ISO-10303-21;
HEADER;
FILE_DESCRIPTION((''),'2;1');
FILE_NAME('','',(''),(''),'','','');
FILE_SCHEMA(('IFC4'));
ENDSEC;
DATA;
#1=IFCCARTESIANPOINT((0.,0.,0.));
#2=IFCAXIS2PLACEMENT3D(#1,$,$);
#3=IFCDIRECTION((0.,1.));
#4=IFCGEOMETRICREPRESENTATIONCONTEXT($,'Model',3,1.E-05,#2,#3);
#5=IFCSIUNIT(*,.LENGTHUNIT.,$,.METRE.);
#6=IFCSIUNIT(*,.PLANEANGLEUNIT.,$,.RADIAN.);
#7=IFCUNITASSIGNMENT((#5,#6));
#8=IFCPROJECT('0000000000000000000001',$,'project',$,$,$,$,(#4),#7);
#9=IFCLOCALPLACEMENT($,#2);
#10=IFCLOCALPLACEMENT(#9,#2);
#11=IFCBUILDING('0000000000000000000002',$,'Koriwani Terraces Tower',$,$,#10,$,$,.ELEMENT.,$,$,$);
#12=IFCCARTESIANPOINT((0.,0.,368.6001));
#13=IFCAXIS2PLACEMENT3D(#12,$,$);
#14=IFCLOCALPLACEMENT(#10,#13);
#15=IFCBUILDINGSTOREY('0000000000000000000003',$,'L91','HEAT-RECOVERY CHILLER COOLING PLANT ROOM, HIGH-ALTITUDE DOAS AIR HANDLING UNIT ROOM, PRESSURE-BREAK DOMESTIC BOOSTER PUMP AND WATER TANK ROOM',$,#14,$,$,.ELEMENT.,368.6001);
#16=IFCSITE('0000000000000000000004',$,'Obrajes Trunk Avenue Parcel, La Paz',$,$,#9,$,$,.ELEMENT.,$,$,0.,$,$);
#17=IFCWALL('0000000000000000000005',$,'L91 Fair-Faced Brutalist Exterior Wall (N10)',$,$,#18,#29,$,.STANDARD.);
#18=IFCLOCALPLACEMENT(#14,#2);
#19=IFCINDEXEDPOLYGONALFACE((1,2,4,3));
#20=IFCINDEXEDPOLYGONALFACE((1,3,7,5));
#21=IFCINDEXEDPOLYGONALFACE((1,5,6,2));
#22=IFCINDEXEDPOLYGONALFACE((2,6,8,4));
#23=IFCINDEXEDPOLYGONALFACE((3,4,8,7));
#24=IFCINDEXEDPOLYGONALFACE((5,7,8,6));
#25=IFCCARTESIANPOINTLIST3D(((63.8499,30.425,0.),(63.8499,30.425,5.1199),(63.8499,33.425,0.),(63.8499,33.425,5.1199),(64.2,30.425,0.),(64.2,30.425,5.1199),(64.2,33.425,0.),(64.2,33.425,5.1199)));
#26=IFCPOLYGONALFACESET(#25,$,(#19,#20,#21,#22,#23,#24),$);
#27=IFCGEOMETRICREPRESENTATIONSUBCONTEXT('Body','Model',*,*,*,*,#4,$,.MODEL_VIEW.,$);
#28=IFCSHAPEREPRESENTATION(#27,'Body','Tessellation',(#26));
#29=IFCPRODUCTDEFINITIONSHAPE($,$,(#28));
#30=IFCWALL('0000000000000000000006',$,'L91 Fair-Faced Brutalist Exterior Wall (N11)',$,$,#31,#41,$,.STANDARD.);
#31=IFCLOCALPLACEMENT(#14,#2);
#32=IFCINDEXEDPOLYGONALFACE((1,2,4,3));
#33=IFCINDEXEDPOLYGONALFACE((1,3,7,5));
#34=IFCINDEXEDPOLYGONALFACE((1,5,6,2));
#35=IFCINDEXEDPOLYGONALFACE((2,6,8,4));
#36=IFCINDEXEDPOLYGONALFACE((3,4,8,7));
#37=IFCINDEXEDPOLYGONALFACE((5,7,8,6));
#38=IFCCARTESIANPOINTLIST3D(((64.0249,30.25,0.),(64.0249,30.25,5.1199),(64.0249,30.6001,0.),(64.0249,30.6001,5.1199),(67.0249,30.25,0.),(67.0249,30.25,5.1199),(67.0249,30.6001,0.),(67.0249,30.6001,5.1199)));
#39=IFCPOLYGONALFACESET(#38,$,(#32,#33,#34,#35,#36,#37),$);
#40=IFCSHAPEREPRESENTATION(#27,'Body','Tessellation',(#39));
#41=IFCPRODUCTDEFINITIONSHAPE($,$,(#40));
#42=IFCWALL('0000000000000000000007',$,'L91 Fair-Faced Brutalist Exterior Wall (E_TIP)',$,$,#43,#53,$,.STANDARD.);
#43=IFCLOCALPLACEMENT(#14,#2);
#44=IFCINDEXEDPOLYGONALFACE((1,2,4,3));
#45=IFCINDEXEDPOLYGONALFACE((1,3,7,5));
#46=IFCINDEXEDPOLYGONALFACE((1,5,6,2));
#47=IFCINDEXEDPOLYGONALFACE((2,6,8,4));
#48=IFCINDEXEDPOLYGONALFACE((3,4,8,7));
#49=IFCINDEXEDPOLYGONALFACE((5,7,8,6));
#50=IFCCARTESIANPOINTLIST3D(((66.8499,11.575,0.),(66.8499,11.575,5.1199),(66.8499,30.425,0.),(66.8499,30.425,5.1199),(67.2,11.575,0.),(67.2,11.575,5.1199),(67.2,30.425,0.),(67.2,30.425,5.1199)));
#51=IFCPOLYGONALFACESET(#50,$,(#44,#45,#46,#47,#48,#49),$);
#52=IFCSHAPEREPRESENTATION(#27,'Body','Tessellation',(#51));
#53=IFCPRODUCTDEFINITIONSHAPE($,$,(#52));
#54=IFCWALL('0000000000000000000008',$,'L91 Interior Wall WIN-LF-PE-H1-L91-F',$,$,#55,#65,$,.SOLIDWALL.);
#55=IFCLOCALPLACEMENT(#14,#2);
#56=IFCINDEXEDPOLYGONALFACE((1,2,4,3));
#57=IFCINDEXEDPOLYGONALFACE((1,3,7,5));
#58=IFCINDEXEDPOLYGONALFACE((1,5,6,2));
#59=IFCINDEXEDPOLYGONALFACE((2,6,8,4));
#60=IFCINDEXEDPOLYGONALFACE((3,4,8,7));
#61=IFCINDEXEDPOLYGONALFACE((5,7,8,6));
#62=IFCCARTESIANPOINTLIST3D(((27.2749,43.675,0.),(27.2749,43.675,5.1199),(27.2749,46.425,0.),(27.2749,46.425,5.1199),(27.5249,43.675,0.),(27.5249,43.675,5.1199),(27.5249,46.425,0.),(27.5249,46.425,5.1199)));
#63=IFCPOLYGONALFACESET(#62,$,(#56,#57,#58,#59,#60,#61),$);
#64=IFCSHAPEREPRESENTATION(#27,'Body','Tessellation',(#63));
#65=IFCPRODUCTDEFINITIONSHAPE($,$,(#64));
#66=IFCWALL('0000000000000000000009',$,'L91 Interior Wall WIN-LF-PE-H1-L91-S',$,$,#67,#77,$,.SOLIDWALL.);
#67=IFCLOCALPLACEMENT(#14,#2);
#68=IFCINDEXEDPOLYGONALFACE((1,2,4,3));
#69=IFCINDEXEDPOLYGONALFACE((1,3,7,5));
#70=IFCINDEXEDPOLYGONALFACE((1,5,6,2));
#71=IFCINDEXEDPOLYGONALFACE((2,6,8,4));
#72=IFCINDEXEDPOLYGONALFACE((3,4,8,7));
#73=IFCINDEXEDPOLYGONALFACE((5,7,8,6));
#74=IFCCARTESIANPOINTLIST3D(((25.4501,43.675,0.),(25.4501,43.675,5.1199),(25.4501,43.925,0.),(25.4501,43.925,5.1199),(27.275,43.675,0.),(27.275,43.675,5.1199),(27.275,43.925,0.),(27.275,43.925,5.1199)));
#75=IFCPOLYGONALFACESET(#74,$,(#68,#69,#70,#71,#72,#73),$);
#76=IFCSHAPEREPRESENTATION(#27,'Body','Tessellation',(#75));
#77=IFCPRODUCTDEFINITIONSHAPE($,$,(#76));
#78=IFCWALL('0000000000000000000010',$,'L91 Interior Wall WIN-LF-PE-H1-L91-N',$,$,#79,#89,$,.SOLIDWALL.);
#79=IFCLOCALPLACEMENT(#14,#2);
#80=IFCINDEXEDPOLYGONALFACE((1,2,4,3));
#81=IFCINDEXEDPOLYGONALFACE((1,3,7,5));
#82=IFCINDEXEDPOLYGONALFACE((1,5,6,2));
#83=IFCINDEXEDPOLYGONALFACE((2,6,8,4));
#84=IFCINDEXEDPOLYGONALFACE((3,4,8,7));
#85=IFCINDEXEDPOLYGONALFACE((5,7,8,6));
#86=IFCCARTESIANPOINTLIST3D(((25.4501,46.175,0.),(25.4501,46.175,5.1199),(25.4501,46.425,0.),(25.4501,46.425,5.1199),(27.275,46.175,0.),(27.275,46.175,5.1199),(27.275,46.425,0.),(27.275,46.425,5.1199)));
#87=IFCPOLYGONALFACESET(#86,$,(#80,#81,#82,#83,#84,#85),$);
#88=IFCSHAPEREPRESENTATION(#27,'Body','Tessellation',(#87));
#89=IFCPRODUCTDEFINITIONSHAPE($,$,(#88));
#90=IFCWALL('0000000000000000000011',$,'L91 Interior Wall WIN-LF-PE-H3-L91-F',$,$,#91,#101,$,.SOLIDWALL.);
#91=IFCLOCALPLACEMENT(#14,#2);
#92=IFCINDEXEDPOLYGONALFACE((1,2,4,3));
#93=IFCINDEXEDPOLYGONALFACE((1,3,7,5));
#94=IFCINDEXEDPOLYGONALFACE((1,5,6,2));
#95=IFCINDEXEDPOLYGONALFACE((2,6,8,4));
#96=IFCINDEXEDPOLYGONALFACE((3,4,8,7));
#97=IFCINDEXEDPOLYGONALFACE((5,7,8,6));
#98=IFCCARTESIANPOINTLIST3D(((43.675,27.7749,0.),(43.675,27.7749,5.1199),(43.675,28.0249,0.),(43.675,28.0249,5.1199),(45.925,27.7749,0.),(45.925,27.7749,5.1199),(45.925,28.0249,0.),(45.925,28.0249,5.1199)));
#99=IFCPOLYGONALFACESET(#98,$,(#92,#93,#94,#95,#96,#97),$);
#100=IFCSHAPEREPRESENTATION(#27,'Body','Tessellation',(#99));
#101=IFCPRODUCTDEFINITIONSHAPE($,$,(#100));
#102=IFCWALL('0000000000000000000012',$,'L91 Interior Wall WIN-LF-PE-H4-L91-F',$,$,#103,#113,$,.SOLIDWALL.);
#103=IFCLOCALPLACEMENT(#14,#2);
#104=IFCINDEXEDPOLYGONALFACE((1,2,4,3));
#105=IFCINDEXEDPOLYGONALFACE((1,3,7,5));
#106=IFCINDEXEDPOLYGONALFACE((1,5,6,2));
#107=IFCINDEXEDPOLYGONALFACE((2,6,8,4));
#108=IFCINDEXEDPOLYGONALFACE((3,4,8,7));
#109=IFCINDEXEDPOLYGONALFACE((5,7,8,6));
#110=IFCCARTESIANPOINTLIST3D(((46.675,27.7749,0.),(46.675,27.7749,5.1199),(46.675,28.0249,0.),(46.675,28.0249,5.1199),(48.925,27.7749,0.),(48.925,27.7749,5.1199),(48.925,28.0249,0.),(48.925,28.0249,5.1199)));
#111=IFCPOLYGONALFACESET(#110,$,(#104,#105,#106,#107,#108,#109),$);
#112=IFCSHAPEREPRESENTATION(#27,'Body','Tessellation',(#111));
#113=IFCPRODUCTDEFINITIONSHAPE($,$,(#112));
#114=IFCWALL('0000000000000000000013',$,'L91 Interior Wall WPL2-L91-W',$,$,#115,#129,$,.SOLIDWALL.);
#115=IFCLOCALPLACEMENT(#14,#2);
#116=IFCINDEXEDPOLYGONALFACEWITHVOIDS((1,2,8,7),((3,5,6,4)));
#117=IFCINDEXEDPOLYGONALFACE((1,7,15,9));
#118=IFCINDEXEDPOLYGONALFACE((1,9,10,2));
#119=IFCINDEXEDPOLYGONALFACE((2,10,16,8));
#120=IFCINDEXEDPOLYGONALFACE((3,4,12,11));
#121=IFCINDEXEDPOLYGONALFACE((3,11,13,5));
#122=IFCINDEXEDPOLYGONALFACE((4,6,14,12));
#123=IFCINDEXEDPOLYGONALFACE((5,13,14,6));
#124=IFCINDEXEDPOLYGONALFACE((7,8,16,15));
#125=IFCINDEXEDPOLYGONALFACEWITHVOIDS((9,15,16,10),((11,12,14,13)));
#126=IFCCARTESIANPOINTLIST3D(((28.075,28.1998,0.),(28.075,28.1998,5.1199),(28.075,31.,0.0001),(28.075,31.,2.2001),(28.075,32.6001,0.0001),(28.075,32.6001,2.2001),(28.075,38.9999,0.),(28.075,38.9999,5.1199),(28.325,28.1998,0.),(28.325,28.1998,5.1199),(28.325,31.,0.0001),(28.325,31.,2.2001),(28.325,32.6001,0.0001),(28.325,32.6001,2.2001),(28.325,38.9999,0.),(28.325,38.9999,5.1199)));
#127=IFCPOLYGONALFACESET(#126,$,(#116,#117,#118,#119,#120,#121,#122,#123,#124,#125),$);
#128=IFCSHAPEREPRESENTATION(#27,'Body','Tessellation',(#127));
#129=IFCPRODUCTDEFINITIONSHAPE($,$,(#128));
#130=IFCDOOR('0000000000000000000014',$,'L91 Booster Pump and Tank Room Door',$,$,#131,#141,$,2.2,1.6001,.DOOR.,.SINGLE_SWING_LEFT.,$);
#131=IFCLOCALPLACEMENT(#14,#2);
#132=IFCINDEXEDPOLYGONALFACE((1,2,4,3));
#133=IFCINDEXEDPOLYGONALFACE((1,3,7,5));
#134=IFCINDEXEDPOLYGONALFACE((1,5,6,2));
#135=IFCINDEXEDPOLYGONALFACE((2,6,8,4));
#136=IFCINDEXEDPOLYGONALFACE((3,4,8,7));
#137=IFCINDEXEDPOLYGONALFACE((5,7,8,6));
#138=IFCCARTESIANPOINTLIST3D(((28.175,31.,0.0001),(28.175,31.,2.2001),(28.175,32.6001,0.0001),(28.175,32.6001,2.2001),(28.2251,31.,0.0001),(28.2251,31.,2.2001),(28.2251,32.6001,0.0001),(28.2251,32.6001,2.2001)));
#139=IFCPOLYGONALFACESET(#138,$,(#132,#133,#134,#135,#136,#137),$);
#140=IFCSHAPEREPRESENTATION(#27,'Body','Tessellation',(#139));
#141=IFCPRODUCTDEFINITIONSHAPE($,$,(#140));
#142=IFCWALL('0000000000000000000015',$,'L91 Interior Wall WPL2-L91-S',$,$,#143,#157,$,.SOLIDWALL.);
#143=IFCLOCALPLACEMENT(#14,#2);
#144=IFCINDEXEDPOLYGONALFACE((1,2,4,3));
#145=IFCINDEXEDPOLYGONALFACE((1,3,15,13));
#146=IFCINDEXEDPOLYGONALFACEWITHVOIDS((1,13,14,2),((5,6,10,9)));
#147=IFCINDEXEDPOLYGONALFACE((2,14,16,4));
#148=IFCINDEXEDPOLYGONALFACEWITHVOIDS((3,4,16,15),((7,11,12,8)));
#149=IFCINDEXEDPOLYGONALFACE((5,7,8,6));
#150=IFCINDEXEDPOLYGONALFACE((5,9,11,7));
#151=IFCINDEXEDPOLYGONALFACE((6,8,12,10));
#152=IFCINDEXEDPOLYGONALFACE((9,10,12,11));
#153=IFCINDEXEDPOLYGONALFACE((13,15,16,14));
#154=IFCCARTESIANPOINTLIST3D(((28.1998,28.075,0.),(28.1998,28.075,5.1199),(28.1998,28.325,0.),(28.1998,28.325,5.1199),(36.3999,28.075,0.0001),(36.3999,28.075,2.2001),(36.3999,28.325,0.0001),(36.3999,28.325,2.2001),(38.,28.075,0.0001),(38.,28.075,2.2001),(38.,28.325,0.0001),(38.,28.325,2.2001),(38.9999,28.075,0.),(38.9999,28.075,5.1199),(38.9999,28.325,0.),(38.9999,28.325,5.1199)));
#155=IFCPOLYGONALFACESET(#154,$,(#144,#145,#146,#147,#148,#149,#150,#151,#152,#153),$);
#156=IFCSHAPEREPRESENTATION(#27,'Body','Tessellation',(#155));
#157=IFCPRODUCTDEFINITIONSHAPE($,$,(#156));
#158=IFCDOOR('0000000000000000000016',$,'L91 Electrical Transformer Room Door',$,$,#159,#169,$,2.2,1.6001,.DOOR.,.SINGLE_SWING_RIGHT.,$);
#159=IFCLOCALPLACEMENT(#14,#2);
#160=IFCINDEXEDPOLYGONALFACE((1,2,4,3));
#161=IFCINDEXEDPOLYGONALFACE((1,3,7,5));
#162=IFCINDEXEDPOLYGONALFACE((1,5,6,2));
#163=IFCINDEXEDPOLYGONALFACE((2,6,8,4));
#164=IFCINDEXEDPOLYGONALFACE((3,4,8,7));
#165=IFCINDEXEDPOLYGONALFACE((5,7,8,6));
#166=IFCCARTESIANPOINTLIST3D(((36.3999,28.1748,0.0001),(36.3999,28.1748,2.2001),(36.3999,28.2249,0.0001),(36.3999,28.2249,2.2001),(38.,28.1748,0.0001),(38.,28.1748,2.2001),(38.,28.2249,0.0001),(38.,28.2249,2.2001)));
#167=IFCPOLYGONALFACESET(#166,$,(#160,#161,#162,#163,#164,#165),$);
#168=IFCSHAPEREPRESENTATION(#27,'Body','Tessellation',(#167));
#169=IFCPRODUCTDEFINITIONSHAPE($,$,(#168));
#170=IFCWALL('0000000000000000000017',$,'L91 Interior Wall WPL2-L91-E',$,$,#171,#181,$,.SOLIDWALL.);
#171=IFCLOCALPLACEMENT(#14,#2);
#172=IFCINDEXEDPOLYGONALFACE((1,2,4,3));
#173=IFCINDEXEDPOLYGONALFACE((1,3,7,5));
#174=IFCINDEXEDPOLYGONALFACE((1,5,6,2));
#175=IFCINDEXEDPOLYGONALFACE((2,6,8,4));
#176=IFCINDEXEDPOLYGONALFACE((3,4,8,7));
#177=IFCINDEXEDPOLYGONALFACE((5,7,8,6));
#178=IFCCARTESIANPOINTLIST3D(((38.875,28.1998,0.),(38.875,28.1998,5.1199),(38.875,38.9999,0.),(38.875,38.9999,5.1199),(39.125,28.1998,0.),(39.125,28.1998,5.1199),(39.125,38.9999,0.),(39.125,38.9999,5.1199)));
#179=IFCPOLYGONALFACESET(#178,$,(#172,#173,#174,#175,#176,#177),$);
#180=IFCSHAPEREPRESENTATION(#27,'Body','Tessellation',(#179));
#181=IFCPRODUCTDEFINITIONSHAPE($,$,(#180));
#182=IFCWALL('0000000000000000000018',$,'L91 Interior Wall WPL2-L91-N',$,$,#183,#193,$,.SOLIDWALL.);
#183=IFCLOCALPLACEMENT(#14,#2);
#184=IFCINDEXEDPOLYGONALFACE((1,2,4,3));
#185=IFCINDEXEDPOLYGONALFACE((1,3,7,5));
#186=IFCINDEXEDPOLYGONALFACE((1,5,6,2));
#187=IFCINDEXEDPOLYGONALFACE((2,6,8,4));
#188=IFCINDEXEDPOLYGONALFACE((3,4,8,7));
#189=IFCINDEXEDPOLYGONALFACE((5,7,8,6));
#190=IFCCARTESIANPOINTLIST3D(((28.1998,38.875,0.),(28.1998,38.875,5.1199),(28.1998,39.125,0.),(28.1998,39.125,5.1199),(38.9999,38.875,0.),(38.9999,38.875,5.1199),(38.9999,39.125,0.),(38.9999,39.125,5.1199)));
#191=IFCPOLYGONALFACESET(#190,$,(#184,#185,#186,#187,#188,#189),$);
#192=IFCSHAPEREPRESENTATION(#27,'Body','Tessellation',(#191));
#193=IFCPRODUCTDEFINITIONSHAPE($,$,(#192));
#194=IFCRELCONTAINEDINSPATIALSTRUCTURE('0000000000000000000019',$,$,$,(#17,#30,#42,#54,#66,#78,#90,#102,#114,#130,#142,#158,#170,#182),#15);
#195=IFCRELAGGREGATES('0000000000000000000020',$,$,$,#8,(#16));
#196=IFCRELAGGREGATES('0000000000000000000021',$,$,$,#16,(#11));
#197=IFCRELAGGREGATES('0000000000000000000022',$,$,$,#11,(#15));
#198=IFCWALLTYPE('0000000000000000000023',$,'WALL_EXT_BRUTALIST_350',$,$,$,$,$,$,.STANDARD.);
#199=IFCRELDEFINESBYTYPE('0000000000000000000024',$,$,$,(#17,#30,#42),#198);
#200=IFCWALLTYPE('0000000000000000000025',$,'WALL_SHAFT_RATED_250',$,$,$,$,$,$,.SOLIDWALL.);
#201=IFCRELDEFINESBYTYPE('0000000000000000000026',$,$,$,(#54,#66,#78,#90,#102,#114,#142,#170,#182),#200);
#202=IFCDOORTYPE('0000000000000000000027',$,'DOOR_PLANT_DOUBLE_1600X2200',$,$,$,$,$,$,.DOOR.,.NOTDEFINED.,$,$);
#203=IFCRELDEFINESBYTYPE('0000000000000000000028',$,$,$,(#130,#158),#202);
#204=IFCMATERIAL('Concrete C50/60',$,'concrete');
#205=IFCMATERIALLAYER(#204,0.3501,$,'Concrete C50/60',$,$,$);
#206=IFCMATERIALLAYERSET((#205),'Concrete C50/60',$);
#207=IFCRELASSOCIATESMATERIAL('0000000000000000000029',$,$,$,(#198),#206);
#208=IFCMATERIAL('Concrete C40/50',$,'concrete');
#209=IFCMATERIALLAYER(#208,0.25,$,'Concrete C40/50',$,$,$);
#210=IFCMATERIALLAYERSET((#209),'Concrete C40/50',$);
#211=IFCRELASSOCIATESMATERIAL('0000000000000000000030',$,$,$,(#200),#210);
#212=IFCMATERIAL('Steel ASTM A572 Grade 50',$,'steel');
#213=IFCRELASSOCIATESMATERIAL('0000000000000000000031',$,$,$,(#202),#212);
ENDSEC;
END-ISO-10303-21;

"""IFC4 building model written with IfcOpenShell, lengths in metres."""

from ifc_helpers import new_model, si_unit, direction, frame, frame_2d, origin, place, context, subcontext, project, spatial, rectangle, extrude, material, layer, layer_set, type_object, element, fill, save


model = new_model("IFC4")

# Units and contexts
model_context = context("Model", 3, precision=1e-05, world=origin(), true_north=direction((0.0, 1.0)))
body_context = subcontext(model_context, "Body", "Model", "MODEL_VIEW")
ifc_project = project(units=[si_unit("LENGTHUNIT", "METRE"), si_unit("PLANEANGLEUNIT", "RADIAN")], contexts=[model_context])

# Site, building, storey
site_placement = place(None, origin())
site = spatial("IfcSite", under=ifc_project, at=site_placement, Name="Obrajes Trunk Avenue Parcel, La Paz", CompositionType="ELEMENT", RefElevation=0.0)
building_placement = place(site_placement, origin())
building = spatial("IfcBuilding", under=site, at=building_placement, Name="Koriwani Terraces Tower", CompositionType="ELEMENT")
storey_placement = place(building_placement, frame((0.0, 0.0, 368.6001)))
storey = spatial("IfcBuildingStorey", under=building, at=storey_placement, Name="L91", Description="HEAT-RECOVERY CHILLER COOLING PLANT ROOM, HIGH-ALTITUDE DOAS AIR HANDLING UNIT ROOM, PRESSURE-BREAK DOMESTIC BOOSTER PUMP AND WATER TANK ROOM", CompositionType="ELEMENT", Elevation=368.6001)

# Shared definitions
ifc_material_1 = material(Name="Concrete C50/60", Category="concrete")

# Shared definitions
ifc_material_2 = material(Name="Concrete C40/50", Category="concrete")
ifc_material_3 = material(Name="Steel ASTM A572 Grade 50", Category="steel")

# Walls
ifc_layer_1 = layer(ifc_material_1, 0.3501, Name="Concrete C50/60")
ifc_layer_set_1 = layer_set([ifc_layer_1], Name="Concrete C50/60")
wall_type_1 = type_object("IfcWallType", Name="WALL_EXT_BRUTALIST_350", PredefinedType="STANDARD", material=ifc_layer_set_1)
for number, where, z_axis, x_axis, name in (
    (1, (64.0249, 33.425, 0.0), (0.0, 0.0, 1.0), (0.0, -1.0, 0.0), "L91 Fair-Faced Brutalist Exterior Wall (N10)"),
    (2, (64.0249, 30.425, 0.0), (0.0, 0.0, 1.0), (1.0, 0.0, 0.0), "L91 Fair-Faced Brutalist Exterior Wall (N11)"),
):
    element("IfcWall", number, at=place(storey_placement, frame(where, z_axis=z_axis, x_axis=x_axis)), inside=storey, type_object=wall_type_1, Name=name, PredefinedType="STANDARD", context=body_context, shape_type="SweptSolid", body=[
        extrude(rectangle(XDim=3.0, YDim=0.3501, at=frame_2d((1.5, 0.0))), origin(), (0.0, 0.0, 1.0), 5.1199),
    ])
wall_1_placement = place(storey_placement, frame((67.0249, 30.425, 0.0), z_axis=(0.0, 0.0, 1.0), x_axis=(0.0, -1.0, 0.0)))
element("IfcWall", 3, at=wall_1_placement, inside=storey, type_object=wall_type_1, Name="L91 Fair-Faced Brutalist Exterior Wall (E_TIP)", PredefinedType="STANDARD", context=body_context, shape_type="SweptSolid", body=[
    extrude(rectangle(XDim=18.8501, YDim=0.3501, at=frame_2d((9.425, 0.0))), origin(), (0.0, 0.0, 1.0), 5.1199),
])

# Shared definitions
ifc_layer_2 = layer(ifc_material_2, 0.25, Name="Concrete C40/50")
ifc_layer_set_2 = layer_set([ifc_layer_2], Name="Concrete C40/50")
wall_type_2 = type_object("IfcWallType", Name="WALL_SHAFT_RATED_250", PredefinedType="SOLIDWALL", material=ifc_layer_set_2)

# Walls
wall_2_placement = place(storey_placement, frame((27.3999, 43.675, 0.0), z_axis=(0.0, 0.0, 1.0), x_axis=(0.0, 1.0, 0.0)))
element("IfcWall", 4, at=wall_2_placement, inside=storey, type_object=wall_type_2, Name="L91 Interior Wall WIN-LF-PE-H1-L91-F", PredefinedType="SOLIDWALL", context=body_context, shape_type="SweptSolid", body=[
    extrude(rectangle(XDim=2.75, YDim=0.25, at=frame_2d((1.375, 0.0))), origin(), (0.0, 0.0, 1.0), 5.1199),
])
for number, where, z_axis, x_axis, name in (
    (5, (25.45, 43.8, 0.0), (0.0, 0.0, 1.0), (1.0, 0.0, 0.0), "L91 Interior Wall WIN-LF-PE-H1-L91-S"),
    (6, (25.45, 46.3, 0.0), (0.0, 0.0, 1.0), (1.0, 0.0, 0.0), "L91 Interior Wall WIN-LF-PE-H1-L91-N"),
):
    element("IfcWall", number, at=place(storey_placement, frame(where, z_axis=z_axis, x_axis=x_axis)), inside=storey, type_object=wall_type_2, Name=name, PredefinedType="SOLIDWALL", context=body_context, shape_type="SweptSolid", body=[
        extrude(rectangle(XDim=1.825, YDim=0.25, at=frame_2d((0.9126, 0.0))), origin(), (0.0, 0.0, 1.0), 5.1199),
    ])
for number, where, z_axis, x_axis, name in (
    (7, (43.675, 27.8999, 0.0), (0.0, 0.0, 1.0), (1.0, 0.0, 0.0), "L91 Interior Wall WIN-LF-PE-H3-L91-F"),
    (8, (46.675, 27.8999, 0.0), (0.0, 0.0, 1.0), (1.0, 0.0, 0.0), "L91 Interior Wall WIN-LF-PE-H4-L91-F"),
):
    element("IfcWall", number, at=place(storey_placement, frame(where, z_axis=z_axis, x_axis=x_axis)), inside=storey, type_object=wall_type_2, Name=name, PredefinedType="SOLIDWALL", context=body_context, shape_type="SweptSolid", body=[
        extrude(rectangle(XDim=2.25, YDim=0.25, at=frame_2d((1.125, 0.0))), origin(), (0.0, 0.0, 1.0), 5.1199),
    ])

# Walls, openings, doors
wall_3_placement = place(storey_placement, frame((28.2, 28.2, 0.0), z_axis=(0.0, 0.0, 1.0), x_axis=(0.0, 1.0, 0.0)))
wall_3 = element("IfcWall", 9, at=wall_3_placement, inside=storey, type_object=wall_type_2, Name="L91 Interior Wall WPL2-L91-W", PredefinedType="SOLIDWALL", context=body_context, shape_type="SweptSolid", body=[
    extrude(rectangle(XDim=10.8, YDim=0.25, at=frame_2d((5.3999, 0.0))), origin(), (0.0, 0.0, 1.0), 5.1199),
])
opening_1_placement = place(wall_3_placement, frame((2.8, 0.0, 0.0)))
opening_1 = element("IfcOpeningElement", 10, at=opening_1_placement, cuts=wall_3, PredefinedType="OPENING", context=body_context, shape_type="SweptSolid", body=[
    extrude(rectangle(XDim=1.6001, YDim=2.2, at=frame_2d((0.8, 1.1001))), frame((0.0, 0.135, 0.0), z_axis=(0.0, -1.0, 0.0), x_axis=(1.0, 0.0, 0.0)), (0.0, 0.0, 1.0), 0.27),
])
door_type_1 = type_object("IfcDoorType", Name="DOOR_PLANT_DOUBLE_1600X2200", OperationType="NOTDEFINED", PredefinedType="DOOR", material=ifc_material_3)
door_1_placement = place(opening_1_placement, origin())
door_1 = element("IfcDoor", 11, at=door_1_placement, inside=storey, type_object=door_type_1, Name="L91 Booster Pump and Tank Room Door", OperationType="SINGLE_SWING_LEFT", OverallHeight=2.2, OverallWidth=1.6001, PredefinedType="DOOR", context=body_context, shape_type="SweptSolid", body=[
    extrude(rectangle(XDim=1.6001, YDim=2.2, at=frame_2d((0.8, 1.1001))), frame((0.0, 0.0249, 0.0), z_axis=(0.0, -1.0, 0.0), x_axis=(1.0, 0.0, 0.0)), (0.0, 0.0, 1.0), 0.05),
])
fill(opening_1, door_1)
wall_4_placement = place(storey_placement, frame((28.2, 28.2, 0.0), z_axis=(0.0, 0.0, 1.0), x_axis=(1.0, 0.0, 0.0)))
wall_4 = element("IfcWall", 12, at=wall_4_placement, inside=storey, type_object=wall_type_2, Name="L91 Interior Wall WPL2-L91-S", PredefinedType="SOLIDWALL", context=body_context, shape_type="SweptSolid", body=[
    extrude(rectangle(XDim=10.8, YDim=0.25, at=frame_2d((5.3999, 0.0))), origin(), (0.0, 0.0, 1.0), 5.1199),
])
opening_2_placement = place(wall_4_placement, frame((8.2, 0.0, 0.0)))
opening_2 = element("IfcOpeningElement", 13, at=opening_2_placement, cuts=wall_4, PredefinedType="OPENING", context=body_context, shape_type="SweptSolid", body=[
    extrude(rectangle(XDim=1.6001, YDim=2.2, at=frame_2d((0.8, 1.1001))), frame((0.0, 0.135, 0.0), z_axis=(0.0, -1.0, 0.0), x_axis=(1.0, 0.0, 0.0)), (0.0, 0.0, 1.0), 0.27),
])
door_2_placement = place(opening_2_placement, origin())
door_2 = element("IfcDoor", 14, at=door_2_placement, inside=storey, type_object=door_type_1, Name="L91 Electrical Transformer Room Door", OperationType="SINGLE_SWING_RIGHT", OverallHeight=2.2, OverallWidth=1.6001, PredefinedType="DOOR", context=body_context, shape_type="SweptSolid", body=[
    extrude(rectangle(XDim=1.6001, YDim=2.2, at=frame_2d((0.8, 1.1001))), frame((0.0, 0.0249, 0.0), z_axis=(0.0, -1.0, 0.0), x_axis=(1.0, 0.0, 0.0)), (0.0, 0.0, 1.0), 0.05),
])
fill(opening_2, door_2)

# Walls
for number, where, z_axis, x_axis, name in (
    (15, (39.0, 28.2, 0.0), (0.0, 0.0, 1.0), (0.0, 1.0, 0.0), "L91 Interior Wall WPL2-L91-E"),
    (16, (28.2, 39.0, 0.0), (0.0, 0.0, 1.0), (1.0, 0.0, 0.0), "L91 Interior Wall WPL2-L91-N"),
):
    element("IfcWall", number, at=place(storey_placement, frame(where, z_axis=z_axis, x_axis=x_axis)), inside=storey, type_object=wall_type_2, Name=name, PredefinedType="SOLIDWALL", context=body_context, shape_type="SweptSolid", body=[
        extrude(rectangle(XDim=10.8, YDim=0.25, at=frame_2d((5.3999, 0.0))), origin(), (0.0, 0.0, 1.0), 5.1199),
    ])

save(model, "model.ifc")
